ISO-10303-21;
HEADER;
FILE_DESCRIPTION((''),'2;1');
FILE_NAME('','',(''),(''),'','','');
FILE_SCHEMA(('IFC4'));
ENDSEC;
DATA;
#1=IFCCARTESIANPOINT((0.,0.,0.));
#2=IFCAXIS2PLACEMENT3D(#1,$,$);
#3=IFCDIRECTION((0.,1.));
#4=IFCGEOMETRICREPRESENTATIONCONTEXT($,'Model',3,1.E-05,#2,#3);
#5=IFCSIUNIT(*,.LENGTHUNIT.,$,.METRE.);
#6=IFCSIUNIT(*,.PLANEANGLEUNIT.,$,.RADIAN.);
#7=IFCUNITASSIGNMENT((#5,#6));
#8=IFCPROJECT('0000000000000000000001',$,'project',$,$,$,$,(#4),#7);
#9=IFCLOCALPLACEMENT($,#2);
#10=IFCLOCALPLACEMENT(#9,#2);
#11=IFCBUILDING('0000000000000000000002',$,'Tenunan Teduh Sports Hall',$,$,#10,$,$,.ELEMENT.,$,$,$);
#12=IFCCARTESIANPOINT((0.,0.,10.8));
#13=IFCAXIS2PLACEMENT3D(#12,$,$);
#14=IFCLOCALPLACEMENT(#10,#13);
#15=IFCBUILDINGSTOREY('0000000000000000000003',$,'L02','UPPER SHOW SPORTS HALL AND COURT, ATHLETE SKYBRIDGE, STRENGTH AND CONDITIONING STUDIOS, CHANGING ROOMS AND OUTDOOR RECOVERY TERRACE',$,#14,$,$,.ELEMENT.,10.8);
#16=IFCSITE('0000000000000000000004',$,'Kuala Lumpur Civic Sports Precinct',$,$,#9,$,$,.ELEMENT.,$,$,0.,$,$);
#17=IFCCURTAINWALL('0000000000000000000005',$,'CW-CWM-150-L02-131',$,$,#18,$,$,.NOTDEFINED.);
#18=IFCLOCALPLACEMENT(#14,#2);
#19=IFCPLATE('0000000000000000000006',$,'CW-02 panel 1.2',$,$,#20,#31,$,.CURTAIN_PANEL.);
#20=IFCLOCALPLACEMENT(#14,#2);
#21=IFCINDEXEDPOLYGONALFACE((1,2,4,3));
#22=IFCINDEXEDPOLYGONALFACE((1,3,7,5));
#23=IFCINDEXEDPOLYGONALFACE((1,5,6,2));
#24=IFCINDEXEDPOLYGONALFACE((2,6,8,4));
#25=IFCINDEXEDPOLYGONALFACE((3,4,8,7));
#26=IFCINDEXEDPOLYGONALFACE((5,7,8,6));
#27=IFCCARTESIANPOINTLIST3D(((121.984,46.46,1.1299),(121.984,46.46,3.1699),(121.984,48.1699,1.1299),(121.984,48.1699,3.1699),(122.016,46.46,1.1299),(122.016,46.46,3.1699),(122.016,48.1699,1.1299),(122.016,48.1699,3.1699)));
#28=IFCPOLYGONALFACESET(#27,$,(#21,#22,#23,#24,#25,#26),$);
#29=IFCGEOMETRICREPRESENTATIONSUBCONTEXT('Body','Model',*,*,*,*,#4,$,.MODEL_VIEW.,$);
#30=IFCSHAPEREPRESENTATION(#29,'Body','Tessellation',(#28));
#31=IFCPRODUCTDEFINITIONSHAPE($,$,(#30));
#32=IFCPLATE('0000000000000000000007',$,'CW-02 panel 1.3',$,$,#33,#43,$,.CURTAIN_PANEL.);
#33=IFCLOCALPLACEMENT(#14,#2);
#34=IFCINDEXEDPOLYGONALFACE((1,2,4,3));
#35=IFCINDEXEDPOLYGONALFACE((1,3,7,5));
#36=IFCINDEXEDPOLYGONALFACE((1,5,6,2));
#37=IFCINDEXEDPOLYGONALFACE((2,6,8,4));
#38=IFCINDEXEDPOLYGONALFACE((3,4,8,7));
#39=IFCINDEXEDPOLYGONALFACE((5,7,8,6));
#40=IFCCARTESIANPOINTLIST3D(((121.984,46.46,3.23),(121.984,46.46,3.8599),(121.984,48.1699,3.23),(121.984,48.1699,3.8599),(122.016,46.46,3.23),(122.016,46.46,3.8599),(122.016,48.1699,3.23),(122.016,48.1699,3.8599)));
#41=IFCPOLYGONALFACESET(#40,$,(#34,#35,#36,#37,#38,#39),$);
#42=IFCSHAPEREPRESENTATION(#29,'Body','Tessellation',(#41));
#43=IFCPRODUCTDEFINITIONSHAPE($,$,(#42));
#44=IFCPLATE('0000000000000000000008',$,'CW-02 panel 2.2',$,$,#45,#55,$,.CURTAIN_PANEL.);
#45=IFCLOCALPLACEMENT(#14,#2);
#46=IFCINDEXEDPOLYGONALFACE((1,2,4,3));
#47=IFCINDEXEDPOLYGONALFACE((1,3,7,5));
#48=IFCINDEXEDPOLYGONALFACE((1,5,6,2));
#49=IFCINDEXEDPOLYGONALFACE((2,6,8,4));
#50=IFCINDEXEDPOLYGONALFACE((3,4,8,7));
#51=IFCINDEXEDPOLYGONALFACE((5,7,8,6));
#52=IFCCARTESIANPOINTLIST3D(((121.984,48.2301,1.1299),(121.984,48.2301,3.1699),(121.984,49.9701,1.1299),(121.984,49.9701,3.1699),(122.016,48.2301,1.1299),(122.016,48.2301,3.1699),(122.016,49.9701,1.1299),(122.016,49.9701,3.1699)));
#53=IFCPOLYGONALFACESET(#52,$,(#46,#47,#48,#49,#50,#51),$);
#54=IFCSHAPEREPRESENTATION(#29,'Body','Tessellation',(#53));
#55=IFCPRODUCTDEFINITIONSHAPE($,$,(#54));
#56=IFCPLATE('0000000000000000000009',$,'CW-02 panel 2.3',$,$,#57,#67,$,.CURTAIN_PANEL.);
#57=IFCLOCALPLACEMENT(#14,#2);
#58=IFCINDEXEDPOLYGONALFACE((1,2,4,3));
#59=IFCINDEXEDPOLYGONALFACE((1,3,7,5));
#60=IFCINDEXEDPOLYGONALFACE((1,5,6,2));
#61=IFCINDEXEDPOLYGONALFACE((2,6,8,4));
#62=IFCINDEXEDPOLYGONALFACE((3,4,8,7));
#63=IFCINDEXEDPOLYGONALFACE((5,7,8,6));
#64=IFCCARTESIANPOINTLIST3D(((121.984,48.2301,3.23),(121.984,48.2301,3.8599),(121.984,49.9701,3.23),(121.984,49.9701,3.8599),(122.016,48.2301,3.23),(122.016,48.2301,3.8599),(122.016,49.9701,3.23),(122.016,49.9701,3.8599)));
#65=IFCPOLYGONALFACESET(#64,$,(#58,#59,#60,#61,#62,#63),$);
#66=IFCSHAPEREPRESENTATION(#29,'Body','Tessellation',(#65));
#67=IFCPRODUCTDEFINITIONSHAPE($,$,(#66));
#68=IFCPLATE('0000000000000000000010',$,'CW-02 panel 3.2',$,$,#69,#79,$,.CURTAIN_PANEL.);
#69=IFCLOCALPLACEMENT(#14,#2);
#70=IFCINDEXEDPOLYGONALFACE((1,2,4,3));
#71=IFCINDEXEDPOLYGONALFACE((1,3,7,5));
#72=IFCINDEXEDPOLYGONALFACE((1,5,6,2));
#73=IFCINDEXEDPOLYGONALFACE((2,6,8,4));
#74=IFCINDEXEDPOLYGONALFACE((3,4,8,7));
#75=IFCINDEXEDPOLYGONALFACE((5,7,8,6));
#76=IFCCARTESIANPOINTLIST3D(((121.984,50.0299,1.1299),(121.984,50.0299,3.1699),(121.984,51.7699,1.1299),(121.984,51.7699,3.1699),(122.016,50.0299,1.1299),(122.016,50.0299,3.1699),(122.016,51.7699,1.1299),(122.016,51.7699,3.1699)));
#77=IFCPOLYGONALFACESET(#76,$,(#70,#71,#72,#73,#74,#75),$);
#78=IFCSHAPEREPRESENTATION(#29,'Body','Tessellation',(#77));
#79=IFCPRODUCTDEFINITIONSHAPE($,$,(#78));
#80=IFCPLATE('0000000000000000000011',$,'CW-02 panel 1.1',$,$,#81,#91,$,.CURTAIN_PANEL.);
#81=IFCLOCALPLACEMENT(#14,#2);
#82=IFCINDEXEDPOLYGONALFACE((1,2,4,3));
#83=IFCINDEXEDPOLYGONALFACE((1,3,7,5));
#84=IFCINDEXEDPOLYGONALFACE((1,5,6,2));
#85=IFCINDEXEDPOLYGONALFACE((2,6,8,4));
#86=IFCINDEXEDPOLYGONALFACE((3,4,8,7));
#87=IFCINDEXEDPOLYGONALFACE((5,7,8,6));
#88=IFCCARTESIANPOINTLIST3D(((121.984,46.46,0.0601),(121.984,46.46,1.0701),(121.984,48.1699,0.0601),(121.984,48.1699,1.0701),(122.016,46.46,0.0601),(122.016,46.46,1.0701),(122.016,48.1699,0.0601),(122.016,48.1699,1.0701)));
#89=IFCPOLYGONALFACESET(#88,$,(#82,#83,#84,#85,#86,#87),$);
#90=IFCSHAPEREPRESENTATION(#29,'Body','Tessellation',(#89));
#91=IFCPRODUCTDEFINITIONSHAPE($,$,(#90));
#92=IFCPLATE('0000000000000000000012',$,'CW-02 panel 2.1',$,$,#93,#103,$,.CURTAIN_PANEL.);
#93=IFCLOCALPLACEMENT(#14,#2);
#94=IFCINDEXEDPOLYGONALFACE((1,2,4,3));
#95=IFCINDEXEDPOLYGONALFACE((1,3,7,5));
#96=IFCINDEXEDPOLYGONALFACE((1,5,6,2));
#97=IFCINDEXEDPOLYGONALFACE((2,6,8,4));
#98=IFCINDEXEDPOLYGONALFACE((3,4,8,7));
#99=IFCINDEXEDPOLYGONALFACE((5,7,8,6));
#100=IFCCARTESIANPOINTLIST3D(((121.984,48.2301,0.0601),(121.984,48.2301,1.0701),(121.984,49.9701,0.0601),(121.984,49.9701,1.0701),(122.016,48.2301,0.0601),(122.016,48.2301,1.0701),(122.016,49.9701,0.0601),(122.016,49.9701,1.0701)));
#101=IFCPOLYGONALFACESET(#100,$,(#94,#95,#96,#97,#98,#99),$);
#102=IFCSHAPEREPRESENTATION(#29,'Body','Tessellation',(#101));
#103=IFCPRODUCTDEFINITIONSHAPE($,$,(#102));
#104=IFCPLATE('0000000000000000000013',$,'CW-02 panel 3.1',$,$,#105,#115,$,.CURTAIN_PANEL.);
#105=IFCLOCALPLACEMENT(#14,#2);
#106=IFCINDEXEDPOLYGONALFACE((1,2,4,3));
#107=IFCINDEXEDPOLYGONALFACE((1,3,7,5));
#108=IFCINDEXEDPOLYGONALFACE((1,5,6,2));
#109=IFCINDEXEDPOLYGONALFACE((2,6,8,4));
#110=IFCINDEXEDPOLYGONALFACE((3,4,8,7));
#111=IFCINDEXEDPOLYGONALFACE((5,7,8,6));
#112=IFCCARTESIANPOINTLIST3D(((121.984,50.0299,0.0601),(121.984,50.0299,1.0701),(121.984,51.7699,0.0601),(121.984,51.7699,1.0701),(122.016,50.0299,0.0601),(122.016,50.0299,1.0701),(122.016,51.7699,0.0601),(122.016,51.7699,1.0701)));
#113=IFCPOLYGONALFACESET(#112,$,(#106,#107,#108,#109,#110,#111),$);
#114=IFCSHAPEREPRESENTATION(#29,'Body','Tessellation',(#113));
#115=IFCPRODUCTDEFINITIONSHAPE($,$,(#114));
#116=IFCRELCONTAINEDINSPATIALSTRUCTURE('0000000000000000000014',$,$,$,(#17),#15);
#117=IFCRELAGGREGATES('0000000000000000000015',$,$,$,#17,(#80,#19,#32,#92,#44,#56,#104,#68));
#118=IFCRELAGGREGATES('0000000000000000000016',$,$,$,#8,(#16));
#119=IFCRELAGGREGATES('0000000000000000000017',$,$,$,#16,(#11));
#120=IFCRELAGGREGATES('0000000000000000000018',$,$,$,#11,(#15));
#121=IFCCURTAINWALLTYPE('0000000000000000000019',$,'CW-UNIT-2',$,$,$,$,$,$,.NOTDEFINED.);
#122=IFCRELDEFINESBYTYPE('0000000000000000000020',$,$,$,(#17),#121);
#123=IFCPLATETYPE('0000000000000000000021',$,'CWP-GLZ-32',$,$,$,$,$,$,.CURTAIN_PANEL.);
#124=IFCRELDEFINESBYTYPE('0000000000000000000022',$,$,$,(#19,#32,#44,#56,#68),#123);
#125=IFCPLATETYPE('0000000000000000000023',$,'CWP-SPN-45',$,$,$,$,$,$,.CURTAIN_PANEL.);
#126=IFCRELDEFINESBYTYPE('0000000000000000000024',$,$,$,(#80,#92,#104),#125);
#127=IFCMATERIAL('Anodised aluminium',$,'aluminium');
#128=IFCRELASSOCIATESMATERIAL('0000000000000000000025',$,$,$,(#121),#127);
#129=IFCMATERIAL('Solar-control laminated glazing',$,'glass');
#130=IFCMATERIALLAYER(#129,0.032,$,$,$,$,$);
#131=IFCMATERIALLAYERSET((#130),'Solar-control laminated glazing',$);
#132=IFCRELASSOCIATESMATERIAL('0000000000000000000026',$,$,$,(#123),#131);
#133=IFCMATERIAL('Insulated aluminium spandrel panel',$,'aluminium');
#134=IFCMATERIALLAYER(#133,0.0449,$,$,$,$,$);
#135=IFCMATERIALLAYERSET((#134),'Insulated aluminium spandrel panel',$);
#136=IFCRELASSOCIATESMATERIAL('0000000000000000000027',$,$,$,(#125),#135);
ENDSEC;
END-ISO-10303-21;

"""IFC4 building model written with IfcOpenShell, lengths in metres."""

from ifc_helpers import new_model, si_unit, direction, frame, origin, origin_2d, place, context, subcontext, project, spatial, rectangle, extrude, material, layer, layer_set, type_object, element, aggregate, save


model = new_model("IFC4")

# Units and contexts
model_context = context("Model", 3, precision=1e-05, world=origin(), true_north=direction((0.0, 1.0)))
body_context = subcontext(model_context, "Body", "Model", "MODEL_VIEW")
ifc_project = project(units=[si_unit("LENGTHUNIT", "METRE"), si_unit("PLANEANGLEUNIT", "RADIAN")], contexts=[model_context])

# Site, building, storey
site_placement = place(None, origin())
site = spatial("IfcSite", under=ifc_project, at=site_placement, Name="Kuala Lumpur Civic Sports Precinct", CompositionType="ELEMENT", RefElevation=0.0)
building_placement = place(site_placement, origin())
building = spatial("IfcBuilding", under=site, at=building_placement, Name="Tenunan Teduh Sports Hall", CompositionType="ELEMENT")
storey_placement = place(building_placement, frame((0.0, 0.0, 10.8)))
storey = spatial("IfcBuildingStorey", under=building, at=storey_placement, Name="L02", Description="UPPER SHOW SPORTS HALL AND COURT, ATHLETE SKYBRIDGE, STRENGTH AND CONDITIONING STUDIOS, CHANGING ROOMS AND OUTDOOR RECOVERY TERRACE", CompositionType="ELEMENT", Elevation=10.8)

# Curtain wall, plates
ifc_material_1 = material(Name="Anodised aluminium", Category="aluminium")
curtain_wall_type = type_object("IfcCurtainWallType", Name="CW-UNIT-2", PredefinedType="NOTDEFINED", material=ifc_material_1)
curtain_wall_placement = place(storey_placement, origin())
curtain_wall = element("IfcCurtainWall", 1, at=curtain_wall_placement, inside=storey, type_object=curtain_wall_type, Name="CW-CWM-150-L02-131", PredefinedType="NOTDEFINED")
ifc_material_2 = material(Name="Solar-control laminated glazing", Category="glass")
ifc_layer_1 = layer(ifc_material_2, 0.032)
ifc_layer_set_1 = layer_set([ifc_layer_1], Name="Solar-control laminated glazing")
plate_type_1 = type_object("IfcPlateType", Name="CWP-GLZ-32", PredefinedType="CURTAIN_PANEL", material=ifc_layer_set_1)
plate_1_placement = place(storey_placement, frame((122.0, 47.3149, 1.1299), z_axis=(0.0, 0.0, 1.0), x_axis=(0.0, 1.0, 0.0)))
plate_1 = element("IfcPlate", 2, at=plate_1_placement, type_object=plate_type_1, Name="CW-02 panel 1.2", PredefinedType="CURTAIN_PANEL", context=body_context, shape_type="SweptSolid", body=[
    extrude(rectangle(XDim=1.71, YDim=0.032, at=origin_2d()), origin(), (0.0, 0.0, 1.0), 2.04),
])
plate_2_placement = place(storey_placement, frame((122.0, 47.3149, 3.23), z_axis=(0.0, 0.0, 1.0), x_axis=(0.0, 1.0, 0.0)))
plate_2 = element("IfcPlate", 3, at=plate_2_placement, type_object=plate_type_1, Name="CW-02 panel 1.3", PredefinedType="CURTAIN_PANEL", context=body_context, shape_type="SweptSolid", body=[
    extrude(rectangle(XDim=1.71, YDim=0.032, at=origin_2d()), origin(), (0.0, 0.0, 1.0), 0.6299),
])
plate_3_placement = place(storey_placement, frame((122.0, 49.1001, 1.1299), z_axis=(0.0, 0.0, 1.0), x_axis=(0.0, 1.0, 0.0)))
plate_3 = element("IfcPlate", 4, at=plate_3_placement, type_object=plate_type_1, Name="CW-02 panel 2.2", PredefinedType="CURTAIN_PANEL", context=body_context, shape_type="SweptSolid", body=[
    extrude(rectangle(XDim=1.74, YDim=0.032, at=origin_2d()), origin(), (0.0, 0.0, 1.0), 2.04),
])
plate_4_placement = place(storey_placement, frame((122.0, 49.1001, 3.23), z_axis=(0.0, 0.0, 1.0), x_axis=(0.0, 1.0, 0.0)))
plate_4 = element("IfcPlate", 5, at=plate_4_placement, type_object=plate_type_1, Name="CW-02 panel 2.3", PredefinedType="CURTAIN_PANEL", context=body_context, shape_type="SweptSolid", body=[
    extrude(rectangle(XDim=1.74, YDim=0.032, at=origin_2d()), origin(), (0.0, 0.0, 1.0), 0.6299),
])
plate_5_placement = place(storey_placement, frame((122.0, 50.8999, 1.1299), z_axis=(0.0, 0.0, 1.0), x_axis=(0.0, 1.0, 0.0)))
plate_5 = element("IfcPlate", 6, at=plate_5_placement, type_object=plate_type_1, Name="CW-02 panel 3.2", PredefinedType="CURTAIN_PANEL", context=body_context, shape_type="SweptSolid", body=[
    extrude(rectangle(XDim=1.74, YDim=0.032, at=origin_2d()), origin(), (0.0, 0.0, 1.0), 2.04),
])
ifc_material_3 = material(Name="Insulated aluminium spandrel panel", Category="aluminium")
ifc_layer_2 = layer(ifc_material_3, 0.0449)
ifc_layer_set_2 = layer_set([ifc_layer_2], Name="Insulated aluminium spandrel panel")
plate_type_2 = type_object("IfcPlateType", Name="CWP-SPN-45", PredefinedType="CURTAIN_PANEL", material=ifc_layer_set_2)
plate_6_placement = place(storey_placement, frame((122.0, 47.3149, 0.0601), z_axis=(0.0, 0.0, 1.0), x_axis=(0.0, 1.0, 0.0)))
plate_6 = element("IfcPlate", 7, at=plate_6_placement, type_object=plate_type_2, Name="CW-02 panel 1.1", PredefinedType="CURTAIN_PANEL", context=body_context, shape_type="SweptSolid", body=[
    extrude(rectangle(XDim=1.71, YDim=0.032, at=origin_2d()), origin(), (0.0, 0.0, 1.0), 1.01),
])
plate_7_placement = place(storey_placement, frame((122.0, 49.1001, 0.0601), z_axis=(0.0, 0.0, 1.0), x_axis=(0.0, 1.0, 0.0)))
plate_7 = element("IfcPlate", 8, at=plate_7_placement, type_object=plate_type_2, Name="CW-02 panel 2.1", PredefinedType="CURTAIN_PANEL", context=body_context, shape_type="SweptSolid", body=[
    extrude(rectangle(XDim=1.74, YDim=0.032, at=origin_2d()), origin(), (0.0, 0.0, 1.0), 1.01),
])
plate_8_placement = place(storey_placement, frame((122.0, 50.8999, 0.0601), z_axis=(0.0, 0.0, 1.0), x_axis=(0.0, 1.0, 0.0)))
plate_8 = element("IfcPlate", 9, at=plate_8_placement, type_object=plate_type_2, Name="CW-02 panel 3.1", PredefinedType="CURTAIN_PANEL", context=body_context, shape_type="SweptSolid", body=[
    extrude(rectangle(XDim=1.74, YDim=0.032, at=origin_2d()), origin(), (0.0, 0.0, 1.0), 1.01),
])
aggregate(curtain_wall, [plate_6, plate_1, plate_2, plate_7, plate_3, plate_4, plate_8, plate_5])

save(model, "model.ifc")
